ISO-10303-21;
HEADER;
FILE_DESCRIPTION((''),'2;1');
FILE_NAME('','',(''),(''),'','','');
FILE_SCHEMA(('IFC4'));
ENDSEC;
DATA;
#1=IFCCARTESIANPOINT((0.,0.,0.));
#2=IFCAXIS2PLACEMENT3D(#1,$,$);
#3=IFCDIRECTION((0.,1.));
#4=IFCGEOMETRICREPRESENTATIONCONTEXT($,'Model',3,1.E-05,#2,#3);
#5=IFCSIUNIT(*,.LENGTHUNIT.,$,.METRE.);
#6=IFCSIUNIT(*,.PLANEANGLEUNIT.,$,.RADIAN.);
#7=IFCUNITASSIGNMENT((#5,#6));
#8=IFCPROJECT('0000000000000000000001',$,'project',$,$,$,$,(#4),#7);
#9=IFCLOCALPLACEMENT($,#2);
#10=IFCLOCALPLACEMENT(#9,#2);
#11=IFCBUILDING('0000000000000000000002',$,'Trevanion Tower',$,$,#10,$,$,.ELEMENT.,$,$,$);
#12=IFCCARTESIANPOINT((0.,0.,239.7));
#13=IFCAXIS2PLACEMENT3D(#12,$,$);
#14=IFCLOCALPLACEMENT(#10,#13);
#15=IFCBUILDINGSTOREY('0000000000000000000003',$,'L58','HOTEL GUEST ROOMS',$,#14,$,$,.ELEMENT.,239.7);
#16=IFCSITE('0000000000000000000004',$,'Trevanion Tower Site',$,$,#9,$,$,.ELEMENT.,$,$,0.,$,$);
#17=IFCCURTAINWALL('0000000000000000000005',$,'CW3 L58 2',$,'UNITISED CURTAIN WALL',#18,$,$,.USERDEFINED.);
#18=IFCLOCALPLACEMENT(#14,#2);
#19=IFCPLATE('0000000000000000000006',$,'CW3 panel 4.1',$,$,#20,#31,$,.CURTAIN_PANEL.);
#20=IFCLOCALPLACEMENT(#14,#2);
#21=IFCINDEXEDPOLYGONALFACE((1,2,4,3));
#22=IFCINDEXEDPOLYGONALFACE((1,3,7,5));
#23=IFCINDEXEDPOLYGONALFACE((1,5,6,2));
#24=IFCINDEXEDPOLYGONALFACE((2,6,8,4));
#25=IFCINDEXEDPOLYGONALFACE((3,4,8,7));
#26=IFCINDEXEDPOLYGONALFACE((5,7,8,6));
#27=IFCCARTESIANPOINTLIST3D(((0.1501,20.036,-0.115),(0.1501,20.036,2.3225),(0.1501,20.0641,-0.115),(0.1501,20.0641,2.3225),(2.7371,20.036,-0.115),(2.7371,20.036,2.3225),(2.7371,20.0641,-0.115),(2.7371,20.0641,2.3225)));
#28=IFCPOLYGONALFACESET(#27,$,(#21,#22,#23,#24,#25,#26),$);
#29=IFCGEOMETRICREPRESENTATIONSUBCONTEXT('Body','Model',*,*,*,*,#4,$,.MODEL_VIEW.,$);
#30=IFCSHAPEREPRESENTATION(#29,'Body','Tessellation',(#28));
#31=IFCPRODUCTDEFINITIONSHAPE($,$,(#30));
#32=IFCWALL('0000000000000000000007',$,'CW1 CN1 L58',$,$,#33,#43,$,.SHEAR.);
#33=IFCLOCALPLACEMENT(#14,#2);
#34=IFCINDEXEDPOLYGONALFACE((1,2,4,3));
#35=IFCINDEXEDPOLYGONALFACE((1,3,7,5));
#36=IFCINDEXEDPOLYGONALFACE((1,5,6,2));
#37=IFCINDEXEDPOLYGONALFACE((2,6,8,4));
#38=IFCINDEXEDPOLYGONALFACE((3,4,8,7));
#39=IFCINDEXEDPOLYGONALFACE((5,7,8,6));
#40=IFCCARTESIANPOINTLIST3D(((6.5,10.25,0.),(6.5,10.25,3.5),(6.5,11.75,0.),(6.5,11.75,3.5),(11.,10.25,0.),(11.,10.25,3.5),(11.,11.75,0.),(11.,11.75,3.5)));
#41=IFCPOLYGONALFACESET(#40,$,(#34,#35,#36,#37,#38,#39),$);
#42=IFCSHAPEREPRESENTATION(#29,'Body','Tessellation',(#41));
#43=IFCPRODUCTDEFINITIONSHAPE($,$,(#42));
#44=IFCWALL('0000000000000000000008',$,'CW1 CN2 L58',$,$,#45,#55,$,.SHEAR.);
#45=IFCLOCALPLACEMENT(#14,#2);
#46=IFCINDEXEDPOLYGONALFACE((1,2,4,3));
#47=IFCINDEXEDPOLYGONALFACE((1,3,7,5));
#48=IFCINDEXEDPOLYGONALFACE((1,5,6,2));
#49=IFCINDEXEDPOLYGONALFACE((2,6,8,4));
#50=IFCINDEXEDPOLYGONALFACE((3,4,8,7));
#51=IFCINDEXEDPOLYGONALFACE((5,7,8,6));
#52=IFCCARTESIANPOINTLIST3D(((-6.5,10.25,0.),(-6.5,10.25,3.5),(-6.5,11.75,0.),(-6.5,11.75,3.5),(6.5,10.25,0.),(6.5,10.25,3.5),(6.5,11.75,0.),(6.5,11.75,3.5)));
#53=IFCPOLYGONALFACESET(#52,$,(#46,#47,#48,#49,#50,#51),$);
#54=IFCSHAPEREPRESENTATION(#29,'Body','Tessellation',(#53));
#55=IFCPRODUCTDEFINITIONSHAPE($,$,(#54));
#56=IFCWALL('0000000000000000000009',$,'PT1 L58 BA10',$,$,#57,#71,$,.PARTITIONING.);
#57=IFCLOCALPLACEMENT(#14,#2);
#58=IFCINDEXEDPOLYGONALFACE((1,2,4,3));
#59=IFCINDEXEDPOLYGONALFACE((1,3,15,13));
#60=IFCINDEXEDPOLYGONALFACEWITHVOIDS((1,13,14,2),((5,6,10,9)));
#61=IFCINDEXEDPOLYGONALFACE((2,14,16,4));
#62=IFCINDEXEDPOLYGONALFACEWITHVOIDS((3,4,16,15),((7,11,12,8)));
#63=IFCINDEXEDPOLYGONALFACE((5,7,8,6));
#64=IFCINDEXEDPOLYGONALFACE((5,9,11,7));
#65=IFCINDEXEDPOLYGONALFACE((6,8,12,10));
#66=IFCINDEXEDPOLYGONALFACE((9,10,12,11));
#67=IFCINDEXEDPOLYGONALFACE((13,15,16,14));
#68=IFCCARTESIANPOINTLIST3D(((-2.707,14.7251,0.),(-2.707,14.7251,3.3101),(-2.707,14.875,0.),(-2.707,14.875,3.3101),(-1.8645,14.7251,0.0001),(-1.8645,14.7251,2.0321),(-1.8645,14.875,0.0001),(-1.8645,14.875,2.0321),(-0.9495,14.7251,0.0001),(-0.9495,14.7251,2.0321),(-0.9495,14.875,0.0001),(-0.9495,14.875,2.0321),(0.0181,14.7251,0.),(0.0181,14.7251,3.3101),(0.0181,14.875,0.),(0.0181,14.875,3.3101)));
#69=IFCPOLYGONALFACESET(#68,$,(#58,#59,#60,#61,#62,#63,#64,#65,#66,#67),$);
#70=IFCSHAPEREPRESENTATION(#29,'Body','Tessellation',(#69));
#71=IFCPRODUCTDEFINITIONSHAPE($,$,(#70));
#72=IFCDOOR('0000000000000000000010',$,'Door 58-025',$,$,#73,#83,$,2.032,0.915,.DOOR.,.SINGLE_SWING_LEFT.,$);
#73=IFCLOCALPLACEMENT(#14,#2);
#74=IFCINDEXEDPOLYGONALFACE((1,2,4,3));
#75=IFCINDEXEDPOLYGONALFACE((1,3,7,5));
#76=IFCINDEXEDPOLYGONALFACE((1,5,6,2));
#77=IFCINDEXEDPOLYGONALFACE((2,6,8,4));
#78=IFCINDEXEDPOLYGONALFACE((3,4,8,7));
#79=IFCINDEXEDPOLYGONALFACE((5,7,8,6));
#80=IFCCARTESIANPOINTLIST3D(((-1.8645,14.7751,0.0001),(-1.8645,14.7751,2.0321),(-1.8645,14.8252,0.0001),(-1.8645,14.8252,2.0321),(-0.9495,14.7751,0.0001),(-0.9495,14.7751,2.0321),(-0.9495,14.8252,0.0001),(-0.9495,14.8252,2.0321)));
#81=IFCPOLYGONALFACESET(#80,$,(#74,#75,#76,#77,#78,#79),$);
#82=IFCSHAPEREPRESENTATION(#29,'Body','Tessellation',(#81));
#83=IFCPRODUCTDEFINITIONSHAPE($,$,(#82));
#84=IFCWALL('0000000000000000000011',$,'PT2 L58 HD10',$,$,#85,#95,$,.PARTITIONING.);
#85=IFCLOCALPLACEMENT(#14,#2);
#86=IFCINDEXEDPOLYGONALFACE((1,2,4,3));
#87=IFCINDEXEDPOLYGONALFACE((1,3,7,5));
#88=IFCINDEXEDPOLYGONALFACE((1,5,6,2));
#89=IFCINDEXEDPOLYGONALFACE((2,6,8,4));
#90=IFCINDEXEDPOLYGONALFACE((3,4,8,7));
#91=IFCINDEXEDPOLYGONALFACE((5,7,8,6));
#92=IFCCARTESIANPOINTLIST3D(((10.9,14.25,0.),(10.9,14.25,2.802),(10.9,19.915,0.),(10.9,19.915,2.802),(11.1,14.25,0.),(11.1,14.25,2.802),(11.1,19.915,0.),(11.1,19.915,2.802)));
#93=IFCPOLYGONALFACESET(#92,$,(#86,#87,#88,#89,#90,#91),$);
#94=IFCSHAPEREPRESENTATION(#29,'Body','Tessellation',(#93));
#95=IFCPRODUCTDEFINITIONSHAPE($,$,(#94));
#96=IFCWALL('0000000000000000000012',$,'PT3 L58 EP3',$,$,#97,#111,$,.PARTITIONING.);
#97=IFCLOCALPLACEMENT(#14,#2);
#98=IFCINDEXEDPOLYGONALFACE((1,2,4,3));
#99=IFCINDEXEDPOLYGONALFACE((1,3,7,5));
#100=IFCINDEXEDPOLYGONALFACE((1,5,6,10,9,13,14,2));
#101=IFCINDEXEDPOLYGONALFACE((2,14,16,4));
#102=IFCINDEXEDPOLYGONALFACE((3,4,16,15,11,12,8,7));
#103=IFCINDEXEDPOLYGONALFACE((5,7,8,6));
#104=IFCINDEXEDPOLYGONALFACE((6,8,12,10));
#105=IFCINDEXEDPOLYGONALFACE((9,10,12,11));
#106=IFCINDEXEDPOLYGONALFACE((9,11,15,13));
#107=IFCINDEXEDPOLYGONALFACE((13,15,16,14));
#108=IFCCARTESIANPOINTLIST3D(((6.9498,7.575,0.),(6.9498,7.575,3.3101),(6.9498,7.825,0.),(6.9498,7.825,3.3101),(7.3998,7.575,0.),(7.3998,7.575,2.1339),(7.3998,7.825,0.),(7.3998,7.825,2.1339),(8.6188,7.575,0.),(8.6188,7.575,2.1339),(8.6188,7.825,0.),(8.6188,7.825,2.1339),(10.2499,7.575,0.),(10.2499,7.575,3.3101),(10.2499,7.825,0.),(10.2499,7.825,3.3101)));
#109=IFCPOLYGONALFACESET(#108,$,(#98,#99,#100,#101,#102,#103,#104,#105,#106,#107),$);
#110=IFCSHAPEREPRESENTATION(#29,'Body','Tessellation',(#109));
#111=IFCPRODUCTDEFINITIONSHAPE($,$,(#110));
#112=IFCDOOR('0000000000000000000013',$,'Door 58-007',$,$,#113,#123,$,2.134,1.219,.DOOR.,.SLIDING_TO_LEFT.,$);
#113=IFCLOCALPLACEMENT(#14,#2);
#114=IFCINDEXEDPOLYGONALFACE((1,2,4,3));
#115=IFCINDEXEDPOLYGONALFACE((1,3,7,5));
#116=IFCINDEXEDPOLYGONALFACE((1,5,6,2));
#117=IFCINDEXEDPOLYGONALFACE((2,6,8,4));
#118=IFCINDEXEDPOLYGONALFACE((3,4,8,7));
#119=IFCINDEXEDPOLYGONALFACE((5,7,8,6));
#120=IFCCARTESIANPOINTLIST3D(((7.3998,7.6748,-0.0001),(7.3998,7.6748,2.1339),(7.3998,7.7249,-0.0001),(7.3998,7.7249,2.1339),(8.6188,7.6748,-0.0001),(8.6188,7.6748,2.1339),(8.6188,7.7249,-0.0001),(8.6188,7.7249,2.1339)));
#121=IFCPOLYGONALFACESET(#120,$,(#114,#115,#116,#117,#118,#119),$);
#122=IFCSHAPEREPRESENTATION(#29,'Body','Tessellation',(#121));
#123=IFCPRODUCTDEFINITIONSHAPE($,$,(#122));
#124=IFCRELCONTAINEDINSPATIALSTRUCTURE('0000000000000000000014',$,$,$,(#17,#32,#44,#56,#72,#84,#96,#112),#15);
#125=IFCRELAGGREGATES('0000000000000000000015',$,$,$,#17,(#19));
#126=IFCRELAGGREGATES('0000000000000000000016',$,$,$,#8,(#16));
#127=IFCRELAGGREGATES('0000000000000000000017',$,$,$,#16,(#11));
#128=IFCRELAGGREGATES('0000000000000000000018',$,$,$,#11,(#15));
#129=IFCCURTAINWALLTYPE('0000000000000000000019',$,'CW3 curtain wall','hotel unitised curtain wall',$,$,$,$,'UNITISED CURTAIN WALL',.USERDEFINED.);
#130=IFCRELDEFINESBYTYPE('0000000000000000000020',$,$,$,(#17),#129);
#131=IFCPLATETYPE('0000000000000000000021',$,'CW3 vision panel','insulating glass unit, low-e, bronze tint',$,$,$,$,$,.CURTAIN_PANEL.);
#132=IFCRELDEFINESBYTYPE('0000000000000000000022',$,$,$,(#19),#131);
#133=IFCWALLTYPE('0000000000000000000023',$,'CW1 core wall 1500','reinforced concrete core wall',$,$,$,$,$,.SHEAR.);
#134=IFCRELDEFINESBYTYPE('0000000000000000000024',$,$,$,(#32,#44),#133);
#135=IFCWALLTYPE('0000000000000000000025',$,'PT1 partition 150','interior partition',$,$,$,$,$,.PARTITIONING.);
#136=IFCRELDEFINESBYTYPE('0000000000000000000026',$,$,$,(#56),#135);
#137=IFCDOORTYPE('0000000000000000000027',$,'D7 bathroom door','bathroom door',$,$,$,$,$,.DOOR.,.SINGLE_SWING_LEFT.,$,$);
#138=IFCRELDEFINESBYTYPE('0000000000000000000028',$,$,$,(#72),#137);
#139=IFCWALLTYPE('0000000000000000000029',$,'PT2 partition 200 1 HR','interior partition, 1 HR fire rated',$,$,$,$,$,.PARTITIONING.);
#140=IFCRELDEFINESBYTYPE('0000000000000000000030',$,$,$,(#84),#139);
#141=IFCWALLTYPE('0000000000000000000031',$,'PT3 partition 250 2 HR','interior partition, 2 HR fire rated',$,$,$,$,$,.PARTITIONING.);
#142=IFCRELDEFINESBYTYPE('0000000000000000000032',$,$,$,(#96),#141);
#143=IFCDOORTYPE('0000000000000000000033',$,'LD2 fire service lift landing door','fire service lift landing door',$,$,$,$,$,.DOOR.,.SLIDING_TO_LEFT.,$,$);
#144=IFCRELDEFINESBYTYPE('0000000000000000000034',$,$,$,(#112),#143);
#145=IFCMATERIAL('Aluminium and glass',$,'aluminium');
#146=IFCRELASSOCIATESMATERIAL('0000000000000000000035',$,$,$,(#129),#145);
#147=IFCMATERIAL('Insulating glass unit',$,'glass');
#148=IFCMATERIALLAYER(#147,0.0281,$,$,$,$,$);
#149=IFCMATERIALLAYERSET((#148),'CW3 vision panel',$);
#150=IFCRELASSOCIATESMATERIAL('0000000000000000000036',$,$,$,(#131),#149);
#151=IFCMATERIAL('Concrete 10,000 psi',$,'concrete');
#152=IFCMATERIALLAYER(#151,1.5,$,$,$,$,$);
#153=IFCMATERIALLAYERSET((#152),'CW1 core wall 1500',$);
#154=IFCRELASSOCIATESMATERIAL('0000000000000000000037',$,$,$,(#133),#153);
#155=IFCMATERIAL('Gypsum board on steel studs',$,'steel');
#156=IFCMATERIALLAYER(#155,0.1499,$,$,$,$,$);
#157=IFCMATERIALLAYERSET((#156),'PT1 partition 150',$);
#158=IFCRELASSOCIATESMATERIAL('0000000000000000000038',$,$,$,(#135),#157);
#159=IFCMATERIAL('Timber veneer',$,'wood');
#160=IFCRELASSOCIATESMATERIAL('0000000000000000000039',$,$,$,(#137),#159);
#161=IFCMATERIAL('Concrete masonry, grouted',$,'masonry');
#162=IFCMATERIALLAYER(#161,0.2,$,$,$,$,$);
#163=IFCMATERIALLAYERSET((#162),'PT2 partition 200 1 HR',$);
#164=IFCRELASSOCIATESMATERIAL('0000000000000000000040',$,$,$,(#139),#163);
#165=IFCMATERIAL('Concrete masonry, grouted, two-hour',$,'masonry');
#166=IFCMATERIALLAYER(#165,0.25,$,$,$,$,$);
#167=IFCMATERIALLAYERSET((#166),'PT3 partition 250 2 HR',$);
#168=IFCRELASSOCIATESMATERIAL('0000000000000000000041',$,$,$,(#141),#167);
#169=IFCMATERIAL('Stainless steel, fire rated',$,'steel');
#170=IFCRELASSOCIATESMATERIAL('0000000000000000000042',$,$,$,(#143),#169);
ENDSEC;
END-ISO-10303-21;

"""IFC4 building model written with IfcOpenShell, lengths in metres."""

from ifc_helpers import new_model, si_unit, direction, frame, frame_2d, origin, origin_2d, place, context, subcontext, project, spatial, rectangle, extrude, material, layer, layer_set, type_object, element, fill, aggregate, save


model = new_model("IFC4")

# Units and contexts
model_context = context("Model", 3, precision=1e-05, world=origin(), true_north=direction((0.0, 1.0)))
body_context = subcontext(model_context, "Body", "Model", "MODEL_VIEW")
ifc_project = project(units=[si_unit("LENGTHUNIT", "METRE"), si_unit("PLANEANGLEUNIT", "RADIAN")], contexts=[model_context])

# Site, building, storey
site_placement = place(None, origin())
site = spatial("IfcSite", under=ifc_project, at=site_placement, Name="Trevanion Tower Site", CompositionType="ELEMENT", RefElevation=0.0)
building_placement = place(site_placement, origin())
building = spatial("IfcBuilding", under=site, at=building_placement, Name="Trevanion Tower", CompositionType="ELEMENT")
storey_placement = place(building_placement, frame((0.0, 0.0, 239.7)))
storey = spatial("IfcBuildingStorey", under=building, at=storey_placement, Name="L58", Description="HOTEL GUEST ROOMS", CompositionType="ELEMENT", Elevation=239.7)

# Curtain wall
ifc_material_1 = material(Name="Aluminium and glass", Category="aluminium")
curtain_wall_type = type_object("IfcCurtainWallType", Name="CW3 curtain wall", Description="hotel unitised curtain wall", ElementType="UNITISED CURTAIN WALL", PredefinedType="USERDEFINED", material=ifc_material_1)
curtain_wall_placement = place(storey_placement, origin())
curtain_wall = element("IfcCurtainWall", 1, at=curtain_wall_placement, inside=storey, type_object=curtain_wall_type, Name="CW3 L58 2", ObjectType="UNITISED CURTAIN WALL", PredefinedType="USERDEFINED")

# Plate
ifc_material_2 = material(Name="Insulating glass unit", Category="glass")
ifc_layer_1 = layer(ifc_material_2, 0.0281)
ifc_layer_set_1 = layer_set([ifc_layer_1], Name="CW3 vision panel")
plate_type_1 = type_object("IfcPlateType", Name="CW3 vision panel", Description="insulating glass unit, low-e, bronze tint", PredefinedType="CURTAIN_PANEL", material=ifc_layer_set_1)
plate_1_placement = place(storey_placement, frame((1.4436, 20.05, -0.115), z_axis=(0.0, 0.0, 1.0), x_axis=(-1.0, 0.0, 0.0)))
plate_1 = element("IfcPlate", 2, at=plate_1_placement, type_object=plate_type_1, Name="CW3 panel 4.1", PredefinedType="CURTAIN_PANEL", context=body_context, shape_type="SweptSolid", body=[
    extrude(rectangle(XDim=2.5869, YDim=0.0281, at=origin_2d()), origin(), (0.0, 0.0, 1.0), 2.4375),
])
aggregate(curtain_wall, [plate_1])

# Walls
ifc_material_3 = material(Name="Concrete 10,000 psi", Category="concrete")
ifc_layer_2 = layer(ifc_material_3, 1.5)
ifc_layer_set_2 = layer_set([ifc_layer_2], Name="CW1 core wall 1500")
wall_type_1 = type_object("IfcWallType", Name="CW1 core wall 1500", Description="reinforced concrete core wall", PredefinedType="SHEAR", material=ifc_layer_set_2)
wall_1_placement = place(storey_placement, frame((11.0, 11.0, 0.0), z_axis=(0.0, 0.0, 1.0), x_axis=(-1.0, 0.0, 0.0)))
element("IfcWall", 3, at=wall_1_placement, inside=storey, type_object=wall_type_1, Name="CW1 CN1 L58", PredefinedType="SHEAR", context=body_context, shape_type="SweptSolid", body=[
    extrude(rectangle(XDim=4.5, YDim=1.5, at=frame_2d((2.25, 0.0))), origin(), (0.0, 0.0, 1.0), 3.5),
])
wall_2_placement = place(storey_placement, frame((6.5, 11.0, 0.0), z_axis=(0.0, 0.0, 1.0), x_axis=(-1.0, 0.0, 0.0)))
element("IfcWall", 4, at=wall_2_placement, inside=storey, type_object=wall_type_1, Name="CW1 CN2 L58", PredefinedType="SHEAR", context=body_context, shape_type="SweptSolid", body=[
    extrude(rectangle(XDim=13.0, YDim=1.5, at=frame_2d((6.5, 0.0))), origin(), (0.0, 0.0, 1.0), 3.5),
])

# Wall, opening, door
ifc_material_4 = material(Name="Gypsum board on steel studs", Category="steel")
ifc_layer_3 = layer(ifc_material_4, 0.1499)
ifc_layer_set_3 = layer_set([ifc_layer_3], Name="PT1 partition 150")
wall_type_2 = type_object("IfcWallType", Name="PT1 partition 150", Description="interior partition", PredefinedType="PARTITIONING", material=ifc_layer_set_3)
wall_3_placement = place(storey_placement, frame((0.0181, 14.8, 0.0), z_axis=(0.0, 0.0, 1.0), x_axis=(-1.0, 0.0, 0.0)))
wall_3 = element("IfcWall", 5, at=wall_3_placement, inside=storey, type_object=wall_type_2, Name="PT1 L58 BA10", PredefinedType="PARTITIONING", context=body_context, shape_type="SweptSolid", body=[
    extrude(rectangle(XDim=2.7251, YDim=0.1499, at=frame_2d((1.3625, 0.0))), origin(), (0.0, 0.0, 1.0), 3.3101),
])
opening_1_placement = place(wall_3_placement, frame((0.9675, 0.0, 0.0)))
opening_1 = element("IfcOpeningElement", 6, at=opening_1_placement, cuts=wall_3, PredefinedType="OPENING", context=body_context, shape_type="SweptSolid", body=[
    extrude(rectangle(XDim=0.915, YDim=2.032, at=frame_2d((0.4575, 1.0161))), frame((0.0, 0.085, 0.0), z_axis=(0.0, -1.0, 0.0), x_axis=(1.0, 0.0, 0.0)), (0.0, 0.0, 1.0), 0.1699),
])
ifc_material_5 = material(Name="Timber veneer", Category="wood")
door_type_1 = type_object("IfcDoorType", Name="D7 bathroom door", Description="bathroom door", OperationType="SINGLE_SWING_LEFT", PredefinedType="DOOR", material=ifc_material_5)
door_1_placement = place(opening_1_placement, origin())
door_1 = element("IfcDoor", 7, at=door_1_placement, inside=storey, type_object=door_type_1, Name="Door 58-025", OperationType="SINGLE_SWING_LEFT", OverallHeight=2.032, OverallWidth=0.915, PredefinedType="DOOR", context=body_context, shape_type="SweptSolid", body=[
    extrude(rectangle(XDim=0.915, YDim=2.032, at=frame_2d((0.4575, 1.0161))), frame((0.0, 0.0249, 0.0), z_axis=(0.0, -1.0, 0.0), x_axis=(1.0, 0.0, 0.0)), (0.0, 0.0, 1.0), 0.05),
])
fill(opening_1, door_1)

# Wall
ifc_material_6 = material(Name="Concrete masonry, grouted", Category="masonry")
ifc_layer_4 = layer(ifc_material_6, 0.2)
ifc_layer_set_4 = layer_set([ifc_layer_4], Name="PT2 partition 200 1 HR")
wall_type_3 = type_object("IfcWallType", Name="PT2 partition 200 1 HR", Description="interior partition, 1 HR fire rated", PredefinedType="PARTITIONING", material=ifc_layer_set_4)
wall_4_placement = place(storey_placement, frame((11.0, 14.25, 0.0), z_axis=(0.0, 0.0, 1.0), x_axis=(0.0, 1.0, 0.0)))
element("IfcWall", 8, at=wall_4_placement, inside=storey, type_object=wall_type_3, Name="PT2 L58 HD10", PredefinedType="PARTITIONING", context=body_context, shape_type="SweptSolid", body=[
    extrude(rectangle(XDim=5.665, YDim=0.2, at=frame_2d((2.8325, 0.0))), origin(), (0.0, 0.0, 1.0), 2.802),
])

# Wall, opening, door
ifc_material_7 = material(Name="Concrete masonry, grouted, two-hour", Category="masonry")
ifc_layer_5 = layer(ifc_material_7, 0.25)
ifc_layer_set_5 = layer_set([ifc_layer_5], Name="PT3 partition 250 2 HR")
wall_type_4 = type_object("IfcWallType", Name="PT3 partition 250 2 HR", Description="interior partition, 2 HR fire rated", PredefinedType="PARTITIONING", material=ifc_layer_set_5)
wall_5_placement = place(storey_placement, frame((6.95, 7.7, 0.0), z_axis=(0.0, 0.0, 1.0), x_axis=(1.0, 0.0, 0.0)))
wall_5 = element("IfcWall", 9, at=wall_5_placement, inside=storey, type_object=wall_type_4, Name="PT3 L58 EP3", PredefinedType="PARTITIONING", context=body_context, shape_type="SweptSolid", body=[
    extrude(rectangle(XDim=3.3, YDim=0.25, at=frame_2d((1.6499, 0.0))), origin(), (0.0, 0.0, 1.0), 3.3101),
])
opening_2_placement = place(wall_5_placement, frame((0.45, 0.0, 0.0)))
opening_2 = element("IfcOpeningElement", 10, at=opening_2_placement, cuts=wall_5, PredefinedType="OPENING", context=body_context, shape_type="SweptSolid", body=[
    extrude(rectangle(XDim=1.219, YDim=2.134, at=frame_2d((0.6094, 1.0669))), frame((0.0, 0.135, 0.0), z_axis=(0.0, -1.0, 0.0), x_axis=(1.0, 0.0, 0.0)), (0.0, 0.0, 1.0), 0.27),
])
ifc_material_8 = material(Name="Stainless steel, fire rated", Category="steel")
door_type_2 = type_object("IfcDoorType", Name="LD2 fire service lift landing door", Description="fire service lift landing door", OperationType="SLIDING_TO_LEFT", PredefinedType="DOOR", material=ifc_material_8)
door_2_placement = place(opening_2_placement, origin())
door_2 = element("IfcDoor", 11, at=door_2_placement, inside=storey, type_object=door_type_2, Name="Door 58-007", OperationType="SLIDING_TO_LEFT", OverallHeight=2.134, OverallWidth=1.219, PredefinedType="DOOR", context=body_context, shape_type="SweptSolid", body=[
    extrude(rectangle(XDim=1.219, YDim=2.134, at=frame_2d((0.6094, 1.0669))), frame((0.0, 0.0249, 0.0), z_axis=(0.0, -1.0, 0.0), x_axis=(1.0, 0.0, 0.0)), (0.0, 0.0, 1.0), 0.05),
])
fill(opening_2, door_2)

save(model, "model.ifc")
